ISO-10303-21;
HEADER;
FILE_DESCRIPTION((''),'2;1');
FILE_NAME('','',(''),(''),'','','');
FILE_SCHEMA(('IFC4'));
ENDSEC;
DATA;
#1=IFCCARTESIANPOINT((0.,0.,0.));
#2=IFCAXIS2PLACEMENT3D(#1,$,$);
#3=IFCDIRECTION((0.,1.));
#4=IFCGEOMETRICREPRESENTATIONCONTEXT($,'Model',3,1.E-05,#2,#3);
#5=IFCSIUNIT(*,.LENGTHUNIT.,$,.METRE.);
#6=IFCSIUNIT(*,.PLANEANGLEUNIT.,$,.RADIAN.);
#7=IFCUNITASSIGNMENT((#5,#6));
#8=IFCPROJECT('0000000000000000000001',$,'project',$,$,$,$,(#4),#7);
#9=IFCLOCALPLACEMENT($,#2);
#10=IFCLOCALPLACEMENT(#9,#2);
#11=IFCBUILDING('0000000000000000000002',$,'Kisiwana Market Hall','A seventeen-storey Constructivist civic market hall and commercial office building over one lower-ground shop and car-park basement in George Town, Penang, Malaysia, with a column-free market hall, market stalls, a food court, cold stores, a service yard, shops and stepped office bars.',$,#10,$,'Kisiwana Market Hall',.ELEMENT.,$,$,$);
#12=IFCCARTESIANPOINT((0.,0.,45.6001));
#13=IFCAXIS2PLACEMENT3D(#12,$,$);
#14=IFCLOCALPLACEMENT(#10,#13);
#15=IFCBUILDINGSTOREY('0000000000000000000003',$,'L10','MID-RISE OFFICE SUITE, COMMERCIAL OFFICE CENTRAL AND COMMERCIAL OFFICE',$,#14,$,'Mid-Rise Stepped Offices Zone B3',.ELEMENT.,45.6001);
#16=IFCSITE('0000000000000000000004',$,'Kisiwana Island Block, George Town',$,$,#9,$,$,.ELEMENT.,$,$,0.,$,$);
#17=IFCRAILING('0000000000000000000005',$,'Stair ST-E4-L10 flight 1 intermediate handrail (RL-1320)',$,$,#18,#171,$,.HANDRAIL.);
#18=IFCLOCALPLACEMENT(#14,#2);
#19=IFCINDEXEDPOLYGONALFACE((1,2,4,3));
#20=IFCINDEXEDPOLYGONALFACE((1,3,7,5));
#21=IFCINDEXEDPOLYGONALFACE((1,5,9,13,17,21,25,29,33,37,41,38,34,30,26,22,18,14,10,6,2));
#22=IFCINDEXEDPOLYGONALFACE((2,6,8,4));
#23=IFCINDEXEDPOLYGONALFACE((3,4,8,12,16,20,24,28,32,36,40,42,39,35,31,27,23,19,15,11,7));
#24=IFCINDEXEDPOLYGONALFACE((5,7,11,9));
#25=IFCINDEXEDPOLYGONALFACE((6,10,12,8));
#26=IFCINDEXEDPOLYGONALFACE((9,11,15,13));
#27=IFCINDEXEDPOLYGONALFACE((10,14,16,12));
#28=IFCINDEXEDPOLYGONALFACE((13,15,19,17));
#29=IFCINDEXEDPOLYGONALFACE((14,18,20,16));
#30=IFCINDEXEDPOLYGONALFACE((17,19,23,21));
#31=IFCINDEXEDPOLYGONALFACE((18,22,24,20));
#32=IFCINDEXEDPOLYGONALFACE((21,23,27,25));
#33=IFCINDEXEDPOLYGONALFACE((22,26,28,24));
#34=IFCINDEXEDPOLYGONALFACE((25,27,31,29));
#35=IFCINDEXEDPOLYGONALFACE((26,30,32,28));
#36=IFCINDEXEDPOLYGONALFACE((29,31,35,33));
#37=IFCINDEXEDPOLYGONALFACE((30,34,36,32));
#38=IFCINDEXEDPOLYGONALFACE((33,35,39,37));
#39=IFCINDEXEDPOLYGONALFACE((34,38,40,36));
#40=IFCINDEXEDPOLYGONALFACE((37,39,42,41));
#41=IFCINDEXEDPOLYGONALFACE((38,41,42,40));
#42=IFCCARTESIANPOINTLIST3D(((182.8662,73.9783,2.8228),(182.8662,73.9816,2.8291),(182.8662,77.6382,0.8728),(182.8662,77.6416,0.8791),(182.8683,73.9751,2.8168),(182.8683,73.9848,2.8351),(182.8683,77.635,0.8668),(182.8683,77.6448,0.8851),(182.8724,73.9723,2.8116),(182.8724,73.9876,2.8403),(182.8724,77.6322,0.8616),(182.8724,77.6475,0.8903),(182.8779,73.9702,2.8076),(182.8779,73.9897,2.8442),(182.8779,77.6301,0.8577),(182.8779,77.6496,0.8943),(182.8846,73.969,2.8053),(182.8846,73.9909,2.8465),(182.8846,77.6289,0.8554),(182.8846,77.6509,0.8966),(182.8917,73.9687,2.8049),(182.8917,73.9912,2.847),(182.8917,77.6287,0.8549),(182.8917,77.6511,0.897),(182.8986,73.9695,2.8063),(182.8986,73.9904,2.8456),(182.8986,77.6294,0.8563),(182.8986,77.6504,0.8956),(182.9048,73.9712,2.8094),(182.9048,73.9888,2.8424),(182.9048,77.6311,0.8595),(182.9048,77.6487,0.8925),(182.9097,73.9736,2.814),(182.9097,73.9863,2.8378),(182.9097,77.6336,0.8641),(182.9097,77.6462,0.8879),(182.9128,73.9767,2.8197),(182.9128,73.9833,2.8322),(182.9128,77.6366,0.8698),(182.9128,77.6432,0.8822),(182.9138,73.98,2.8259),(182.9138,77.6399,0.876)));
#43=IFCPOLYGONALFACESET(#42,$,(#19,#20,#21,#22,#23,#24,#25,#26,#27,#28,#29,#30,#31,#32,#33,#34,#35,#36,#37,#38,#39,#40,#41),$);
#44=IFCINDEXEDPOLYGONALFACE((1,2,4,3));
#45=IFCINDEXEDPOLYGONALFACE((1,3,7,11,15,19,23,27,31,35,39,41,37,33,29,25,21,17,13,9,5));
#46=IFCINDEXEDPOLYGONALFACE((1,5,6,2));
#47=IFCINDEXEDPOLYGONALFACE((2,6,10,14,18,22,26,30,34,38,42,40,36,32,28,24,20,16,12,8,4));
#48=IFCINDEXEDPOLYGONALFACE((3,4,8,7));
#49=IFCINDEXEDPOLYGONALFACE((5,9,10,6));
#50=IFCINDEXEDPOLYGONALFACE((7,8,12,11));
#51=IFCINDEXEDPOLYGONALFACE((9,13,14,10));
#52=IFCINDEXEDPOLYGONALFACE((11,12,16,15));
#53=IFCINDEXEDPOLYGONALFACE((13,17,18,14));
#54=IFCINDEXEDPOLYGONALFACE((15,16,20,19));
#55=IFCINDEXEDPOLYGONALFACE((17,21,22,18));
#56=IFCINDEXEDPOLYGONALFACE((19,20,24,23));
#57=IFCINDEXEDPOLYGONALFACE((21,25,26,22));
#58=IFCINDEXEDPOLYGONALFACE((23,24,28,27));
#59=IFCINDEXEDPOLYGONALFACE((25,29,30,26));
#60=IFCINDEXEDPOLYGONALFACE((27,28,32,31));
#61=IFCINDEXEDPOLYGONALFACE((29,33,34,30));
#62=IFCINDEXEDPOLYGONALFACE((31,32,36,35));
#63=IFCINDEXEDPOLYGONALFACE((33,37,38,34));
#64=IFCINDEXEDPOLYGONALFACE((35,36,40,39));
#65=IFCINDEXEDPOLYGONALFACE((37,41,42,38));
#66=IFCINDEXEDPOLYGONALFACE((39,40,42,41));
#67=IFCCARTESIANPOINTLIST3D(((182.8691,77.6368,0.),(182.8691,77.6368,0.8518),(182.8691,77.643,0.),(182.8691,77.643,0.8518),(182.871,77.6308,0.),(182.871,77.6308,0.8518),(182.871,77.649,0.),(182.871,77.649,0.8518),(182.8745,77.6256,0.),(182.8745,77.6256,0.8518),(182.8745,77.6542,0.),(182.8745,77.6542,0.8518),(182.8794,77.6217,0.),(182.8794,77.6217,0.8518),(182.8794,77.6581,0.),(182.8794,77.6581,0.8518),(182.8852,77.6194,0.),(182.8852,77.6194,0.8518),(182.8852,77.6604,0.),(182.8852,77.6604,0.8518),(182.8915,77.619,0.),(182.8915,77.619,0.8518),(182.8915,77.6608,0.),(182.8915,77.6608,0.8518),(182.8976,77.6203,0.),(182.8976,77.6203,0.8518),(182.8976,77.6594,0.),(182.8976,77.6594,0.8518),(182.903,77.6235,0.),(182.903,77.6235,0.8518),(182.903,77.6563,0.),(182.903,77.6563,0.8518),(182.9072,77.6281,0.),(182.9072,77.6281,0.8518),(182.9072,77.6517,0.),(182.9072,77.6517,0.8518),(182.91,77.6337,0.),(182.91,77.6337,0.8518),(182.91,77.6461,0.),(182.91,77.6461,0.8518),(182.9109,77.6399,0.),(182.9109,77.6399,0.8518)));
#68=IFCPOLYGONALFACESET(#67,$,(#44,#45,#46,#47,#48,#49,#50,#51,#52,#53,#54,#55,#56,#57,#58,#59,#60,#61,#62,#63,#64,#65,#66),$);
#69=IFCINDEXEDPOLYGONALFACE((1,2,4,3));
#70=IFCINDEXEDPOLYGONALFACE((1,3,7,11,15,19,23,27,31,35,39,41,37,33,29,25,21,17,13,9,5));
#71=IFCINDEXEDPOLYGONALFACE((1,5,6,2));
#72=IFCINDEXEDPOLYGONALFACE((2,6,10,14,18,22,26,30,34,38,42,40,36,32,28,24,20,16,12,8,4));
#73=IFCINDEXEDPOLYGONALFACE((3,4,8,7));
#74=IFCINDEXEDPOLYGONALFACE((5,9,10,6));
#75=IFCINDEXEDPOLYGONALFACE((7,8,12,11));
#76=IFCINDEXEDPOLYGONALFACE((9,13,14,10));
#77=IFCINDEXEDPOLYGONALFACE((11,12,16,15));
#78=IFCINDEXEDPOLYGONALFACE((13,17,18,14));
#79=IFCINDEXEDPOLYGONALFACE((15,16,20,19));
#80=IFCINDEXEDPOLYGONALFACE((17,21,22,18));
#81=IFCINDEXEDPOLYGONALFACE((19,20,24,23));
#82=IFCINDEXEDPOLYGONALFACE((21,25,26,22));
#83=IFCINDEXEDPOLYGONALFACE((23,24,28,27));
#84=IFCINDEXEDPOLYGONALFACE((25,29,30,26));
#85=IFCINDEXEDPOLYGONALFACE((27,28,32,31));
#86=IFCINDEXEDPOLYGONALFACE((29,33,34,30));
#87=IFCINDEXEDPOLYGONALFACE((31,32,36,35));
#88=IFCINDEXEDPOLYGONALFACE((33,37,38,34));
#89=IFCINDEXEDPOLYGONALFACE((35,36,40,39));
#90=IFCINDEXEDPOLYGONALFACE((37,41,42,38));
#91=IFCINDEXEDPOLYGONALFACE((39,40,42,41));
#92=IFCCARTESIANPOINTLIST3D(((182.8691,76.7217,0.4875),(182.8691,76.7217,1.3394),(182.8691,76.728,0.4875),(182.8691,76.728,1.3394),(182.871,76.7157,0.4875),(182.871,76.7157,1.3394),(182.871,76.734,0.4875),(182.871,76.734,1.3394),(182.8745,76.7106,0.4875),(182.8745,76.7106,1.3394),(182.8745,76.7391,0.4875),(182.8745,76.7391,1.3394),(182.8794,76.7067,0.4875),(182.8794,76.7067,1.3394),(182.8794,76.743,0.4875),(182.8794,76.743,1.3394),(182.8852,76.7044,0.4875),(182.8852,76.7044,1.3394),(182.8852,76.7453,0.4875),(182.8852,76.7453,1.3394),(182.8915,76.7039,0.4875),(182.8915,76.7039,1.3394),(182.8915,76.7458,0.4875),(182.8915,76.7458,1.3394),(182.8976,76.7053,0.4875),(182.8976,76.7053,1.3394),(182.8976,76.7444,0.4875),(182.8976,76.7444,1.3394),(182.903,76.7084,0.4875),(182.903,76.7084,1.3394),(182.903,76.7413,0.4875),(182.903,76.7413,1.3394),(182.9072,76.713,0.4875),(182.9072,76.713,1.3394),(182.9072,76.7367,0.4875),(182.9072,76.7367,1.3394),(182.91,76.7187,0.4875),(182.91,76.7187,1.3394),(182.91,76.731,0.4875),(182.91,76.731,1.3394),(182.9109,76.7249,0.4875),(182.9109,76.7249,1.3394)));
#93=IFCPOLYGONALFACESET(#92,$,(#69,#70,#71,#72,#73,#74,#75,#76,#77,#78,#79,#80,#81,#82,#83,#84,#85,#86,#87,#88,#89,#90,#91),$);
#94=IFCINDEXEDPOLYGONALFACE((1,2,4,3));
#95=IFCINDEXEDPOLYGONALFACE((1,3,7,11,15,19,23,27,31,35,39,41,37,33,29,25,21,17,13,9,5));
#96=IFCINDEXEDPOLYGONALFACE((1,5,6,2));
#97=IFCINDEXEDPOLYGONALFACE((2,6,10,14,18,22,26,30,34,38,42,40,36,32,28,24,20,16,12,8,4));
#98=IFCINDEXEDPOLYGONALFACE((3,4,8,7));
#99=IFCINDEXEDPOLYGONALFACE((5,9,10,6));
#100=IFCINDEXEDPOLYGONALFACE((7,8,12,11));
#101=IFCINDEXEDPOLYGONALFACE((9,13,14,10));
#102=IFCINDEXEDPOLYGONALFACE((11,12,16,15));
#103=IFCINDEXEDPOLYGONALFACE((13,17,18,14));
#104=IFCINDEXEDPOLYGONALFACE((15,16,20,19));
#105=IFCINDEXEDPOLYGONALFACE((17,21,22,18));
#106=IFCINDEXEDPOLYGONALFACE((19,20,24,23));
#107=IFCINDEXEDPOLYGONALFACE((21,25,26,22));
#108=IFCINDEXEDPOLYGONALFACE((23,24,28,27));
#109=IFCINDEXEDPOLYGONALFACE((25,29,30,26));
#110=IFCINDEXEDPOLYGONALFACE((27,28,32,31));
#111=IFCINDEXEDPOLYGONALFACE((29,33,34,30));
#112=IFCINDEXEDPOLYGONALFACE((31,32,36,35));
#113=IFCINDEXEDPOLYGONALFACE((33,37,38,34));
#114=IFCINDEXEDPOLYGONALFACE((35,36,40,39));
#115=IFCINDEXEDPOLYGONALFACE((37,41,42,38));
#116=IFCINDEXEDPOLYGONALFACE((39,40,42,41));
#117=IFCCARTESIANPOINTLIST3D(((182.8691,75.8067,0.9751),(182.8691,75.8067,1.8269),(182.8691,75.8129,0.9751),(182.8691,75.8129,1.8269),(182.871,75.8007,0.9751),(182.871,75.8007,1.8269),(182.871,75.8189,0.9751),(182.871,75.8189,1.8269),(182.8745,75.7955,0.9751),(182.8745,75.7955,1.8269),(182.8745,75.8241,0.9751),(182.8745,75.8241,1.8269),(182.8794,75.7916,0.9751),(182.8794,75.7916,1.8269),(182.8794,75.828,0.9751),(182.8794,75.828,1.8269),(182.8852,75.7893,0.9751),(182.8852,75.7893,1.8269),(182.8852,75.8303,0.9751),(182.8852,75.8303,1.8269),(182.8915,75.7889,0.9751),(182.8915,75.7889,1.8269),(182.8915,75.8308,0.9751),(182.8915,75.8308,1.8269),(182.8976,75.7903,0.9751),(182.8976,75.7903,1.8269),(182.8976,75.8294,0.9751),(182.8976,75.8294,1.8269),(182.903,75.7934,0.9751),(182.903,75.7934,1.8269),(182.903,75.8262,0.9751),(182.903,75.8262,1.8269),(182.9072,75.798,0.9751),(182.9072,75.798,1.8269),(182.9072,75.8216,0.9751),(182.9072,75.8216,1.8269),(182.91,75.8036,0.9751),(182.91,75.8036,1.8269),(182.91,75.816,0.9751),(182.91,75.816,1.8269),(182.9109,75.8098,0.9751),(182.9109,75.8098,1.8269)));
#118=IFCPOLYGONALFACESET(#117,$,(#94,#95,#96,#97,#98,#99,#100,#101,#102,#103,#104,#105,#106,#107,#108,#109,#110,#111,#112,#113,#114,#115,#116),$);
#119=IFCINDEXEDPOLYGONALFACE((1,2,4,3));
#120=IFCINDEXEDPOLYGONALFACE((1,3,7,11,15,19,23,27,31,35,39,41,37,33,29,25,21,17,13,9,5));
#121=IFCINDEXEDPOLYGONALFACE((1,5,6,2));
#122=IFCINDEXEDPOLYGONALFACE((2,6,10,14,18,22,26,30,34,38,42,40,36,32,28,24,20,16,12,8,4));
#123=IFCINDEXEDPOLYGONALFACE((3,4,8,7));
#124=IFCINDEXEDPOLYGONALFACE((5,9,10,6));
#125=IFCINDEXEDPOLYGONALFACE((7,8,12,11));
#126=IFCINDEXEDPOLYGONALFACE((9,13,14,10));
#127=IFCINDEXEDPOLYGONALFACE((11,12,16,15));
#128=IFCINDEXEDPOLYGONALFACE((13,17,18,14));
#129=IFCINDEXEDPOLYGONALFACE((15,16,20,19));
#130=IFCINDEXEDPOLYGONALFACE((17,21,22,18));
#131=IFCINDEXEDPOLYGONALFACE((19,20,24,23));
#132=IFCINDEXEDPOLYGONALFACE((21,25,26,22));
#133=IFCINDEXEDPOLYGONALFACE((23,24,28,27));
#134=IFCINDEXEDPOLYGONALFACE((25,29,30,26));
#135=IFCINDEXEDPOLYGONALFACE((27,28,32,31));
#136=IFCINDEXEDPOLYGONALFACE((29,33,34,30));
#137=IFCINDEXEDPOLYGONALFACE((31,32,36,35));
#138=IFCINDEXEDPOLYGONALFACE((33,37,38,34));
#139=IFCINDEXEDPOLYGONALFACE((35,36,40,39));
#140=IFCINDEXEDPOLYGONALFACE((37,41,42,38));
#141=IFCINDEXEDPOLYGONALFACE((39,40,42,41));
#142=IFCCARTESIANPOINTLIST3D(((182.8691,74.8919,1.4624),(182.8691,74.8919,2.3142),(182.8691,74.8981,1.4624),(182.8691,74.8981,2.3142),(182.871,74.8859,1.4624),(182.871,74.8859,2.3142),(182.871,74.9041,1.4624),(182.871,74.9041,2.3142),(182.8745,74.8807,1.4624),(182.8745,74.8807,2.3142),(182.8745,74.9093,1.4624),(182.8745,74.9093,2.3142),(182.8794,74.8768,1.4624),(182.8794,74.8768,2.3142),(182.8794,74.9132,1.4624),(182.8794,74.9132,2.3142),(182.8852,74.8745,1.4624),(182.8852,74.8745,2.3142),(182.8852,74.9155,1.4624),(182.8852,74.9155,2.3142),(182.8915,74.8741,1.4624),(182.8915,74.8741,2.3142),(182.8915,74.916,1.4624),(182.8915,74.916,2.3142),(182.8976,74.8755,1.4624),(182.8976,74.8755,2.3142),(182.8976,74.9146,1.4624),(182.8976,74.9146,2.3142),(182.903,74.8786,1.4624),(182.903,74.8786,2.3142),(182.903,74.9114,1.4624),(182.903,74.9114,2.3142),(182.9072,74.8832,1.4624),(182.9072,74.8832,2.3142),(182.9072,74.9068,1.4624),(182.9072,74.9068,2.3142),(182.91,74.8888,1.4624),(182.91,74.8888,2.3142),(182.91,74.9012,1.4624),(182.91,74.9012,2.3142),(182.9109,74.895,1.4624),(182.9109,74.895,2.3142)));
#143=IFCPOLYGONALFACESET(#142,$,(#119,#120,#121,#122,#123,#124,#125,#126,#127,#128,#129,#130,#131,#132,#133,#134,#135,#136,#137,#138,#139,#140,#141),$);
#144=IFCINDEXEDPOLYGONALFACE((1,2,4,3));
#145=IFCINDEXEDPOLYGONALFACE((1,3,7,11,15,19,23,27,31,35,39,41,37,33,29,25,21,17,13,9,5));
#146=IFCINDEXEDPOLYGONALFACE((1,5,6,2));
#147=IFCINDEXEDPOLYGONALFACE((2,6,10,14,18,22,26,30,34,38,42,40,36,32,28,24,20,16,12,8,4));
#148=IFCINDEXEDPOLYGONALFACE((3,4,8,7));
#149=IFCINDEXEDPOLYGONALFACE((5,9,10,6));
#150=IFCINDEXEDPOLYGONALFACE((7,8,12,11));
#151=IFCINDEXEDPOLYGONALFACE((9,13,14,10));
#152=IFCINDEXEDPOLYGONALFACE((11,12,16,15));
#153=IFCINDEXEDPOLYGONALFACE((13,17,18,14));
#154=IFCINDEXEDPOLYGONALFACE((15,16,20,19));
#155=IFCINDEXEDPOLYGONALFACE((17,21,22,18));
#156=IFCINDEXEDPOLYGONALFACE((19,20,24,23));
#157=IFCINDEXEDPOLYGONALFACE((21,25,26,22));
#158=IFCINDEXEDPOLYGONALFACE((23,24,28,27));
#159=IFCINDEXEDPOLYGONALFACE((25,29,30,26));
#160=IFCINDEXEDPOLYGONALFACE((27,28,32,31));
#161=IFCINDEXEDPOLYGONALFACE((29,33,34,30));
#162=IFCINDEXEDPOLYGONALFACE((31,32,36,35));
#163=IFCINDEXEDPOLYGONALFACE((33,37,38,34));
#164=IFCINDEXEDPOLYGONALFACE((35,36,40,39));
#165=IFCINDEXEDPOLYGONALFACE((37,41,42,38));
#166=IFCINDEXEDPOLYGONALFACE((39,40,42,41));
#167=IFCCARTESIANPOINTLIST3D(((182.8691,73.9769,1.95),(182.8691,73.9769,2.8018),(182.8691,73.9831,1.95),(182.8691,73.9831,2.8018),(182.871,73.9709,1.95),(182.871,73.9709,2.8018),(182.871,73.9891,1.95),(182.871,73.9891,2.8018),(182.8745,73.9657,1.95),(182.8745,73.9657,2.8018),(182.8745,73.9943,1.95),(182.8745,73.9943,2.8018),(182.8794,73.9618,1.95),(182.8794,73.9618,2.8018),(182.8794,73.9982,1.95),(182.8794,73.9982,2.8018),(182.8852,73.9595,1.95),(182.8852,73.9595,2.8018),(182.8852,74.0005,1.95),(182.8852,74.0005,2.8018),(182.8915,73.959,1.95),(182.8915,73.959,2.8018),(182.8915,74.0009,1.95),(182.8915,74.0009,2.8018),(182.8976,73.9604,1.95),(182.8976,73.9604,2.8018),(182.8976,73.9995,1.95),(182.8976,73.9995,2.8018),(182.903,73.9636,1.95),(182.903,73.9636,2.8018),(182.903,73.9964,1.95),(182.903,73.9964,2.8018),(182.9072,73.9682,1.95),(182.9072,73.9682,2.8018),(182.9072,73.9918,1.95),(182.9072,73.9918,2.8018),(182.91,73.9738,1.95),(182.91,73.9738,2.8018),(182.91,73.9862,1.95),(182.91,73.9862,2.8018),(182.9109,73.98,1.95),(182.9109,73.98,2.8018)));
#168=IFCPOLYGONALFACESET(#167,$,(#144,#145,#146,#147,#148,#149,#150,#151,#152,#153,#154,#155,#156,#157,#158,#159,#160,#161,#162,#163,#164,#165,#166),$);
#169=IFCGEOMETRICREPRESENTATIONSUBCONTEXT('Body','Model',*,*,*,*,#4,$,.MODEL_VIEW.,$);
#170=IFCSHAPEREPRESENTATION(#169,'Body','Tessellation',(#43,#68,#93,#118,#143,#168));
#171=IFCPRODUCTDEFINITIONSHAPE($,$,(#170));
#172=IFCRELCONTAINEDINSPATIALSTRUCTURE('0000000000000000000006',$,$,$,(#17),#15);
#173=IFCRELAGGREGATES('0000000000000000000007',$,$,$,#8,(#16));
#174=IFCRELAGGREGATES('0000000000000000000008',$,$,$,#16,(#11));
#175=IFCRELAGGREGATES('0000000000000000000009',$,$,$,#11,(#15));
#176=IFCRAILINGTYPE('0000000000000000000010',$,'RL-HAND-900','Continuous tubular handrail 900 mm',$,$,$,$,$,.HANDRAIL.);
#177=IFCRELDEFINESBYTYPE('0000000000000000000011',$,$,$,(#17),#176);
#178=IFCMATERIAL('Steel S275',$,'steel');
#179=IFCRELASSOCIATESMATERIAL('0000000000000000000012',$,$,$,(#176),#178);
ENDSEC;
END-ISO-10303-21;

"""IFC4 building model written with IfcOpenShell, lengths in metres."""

from ifc_helpers import new_model, si_unit, direction, frame, origin, origin_2d, place, context, subcontext, project, spatial, circle, extrude, material, type_object, element, save


model = new_model("IFC4")

# Units and contexts
model_context = context("Model", 3, precision=1e-05, world=origin(), true_north=direction((0.0, 1.0)))
body_context = subcontext(model_context, "Body", "Model", "MODEL_VIEW")
ifc_project = project(units=[si_unit("LENGTHUNIT", "METRE"), si_unit("PLANEANGLEUNIT", "RADIAN")], contexts=[model_context])

# Site, building, storey
site_placement = place(None, origin())
site = spatial("IfcSite", under=ifc_project, at=site_placement, Name="Kisiwana Island Block, George Town", CompositionType="ELEMENT", RefElevation=0.0)
building_placement = place(site_placement, origin())
building = spatial("IfcBuilding", under=site, at=building_placement, Name="Kisiwana Market Hall", Description="A seventeen-storey Constructivist civic market hall and commercial office building over one lower-ground shop and car-park basement in George Town, Penang, Malaysia, with a column-free market hall, market stalls, a food court, cold stores, a service yard, shops and stepped office bars.", LongName="Kisiwana Market Hall", CompositionType="ELEMENT")
storey_placement = place(building_placement, frame((0.0, 0.0, 45.6001)))
storey = spatial("IfcBuildingStorey", under=building, at=storey_placement, Name="L10", Description="MID-RISE OFFICE SUITE, COMMERCIAL OFFICE CENTRAL AND COMMERCIAL OFFICE", LongName="Mid-Rise Stepped Offices Zone B3", CompositionType="ELEMENT", Elevation=45.6001)

# Railing
ifc_material_1 = material(Name="Steel S275", Category="steel")
railing_type_1 = type_object("IfcRailingType", Name="RL-HAND-900", Description="Continuous tubular handrail 900 mm", PredefinedType="HANDRAIL", material=ifc_material_1)
railing_1_placement = place(storey_placement, frame((182.8899, 77.6399, 0.0)))
element("IfcRailing", 1, at=railing_1_placement, inside=storey, type_object=railing_type_1, Name="Stair ST-E4-L10 flight 1 intermediate handrail (RL-1320)", PredefinedType="HANDRAIL", context=body_context, shape_type="SweptSolid", body=[
    extrude(circle(Radius=0.0239, at=origin_2d()), frame((0.0, 0.0, 0.876), z_axis=(0.0, -0.882553, 0.470212), x_axis=(1.0, 0.0, 0.0)), (0.0, 0.0, 1.0), 4.147),
    extrude(circle(Radius=0.021, at=origin_2d()), origin(), (0.0, 0.0, 1.0), 0.8518),
    extrude(circle(Radius=0.021, at=origin_2d()), frame((0.0, -0.915, 0.4875)), (0.0, 0.0, 1.0), 0.8518),
    extrude(circle(Radius=0.021, at=origin_2d()), frame((0.0, -1.8301, 0.9751)), (0.0, 0.0, 1.0), 0.8518),
    extrude(circle(Radius=0.021, at=origin_2d()), frame((0.0, -2.7449, 1.4624)), (0.0, 0.0, 1.0), 0.8518),
    extrude(circle(Radius=0.021, at=origin_2d()), frame((0.0, -3.6599, 1.95)), (0.0, 0.0, 1.0), 0.8518),
])

save(model, "model.ifc")
